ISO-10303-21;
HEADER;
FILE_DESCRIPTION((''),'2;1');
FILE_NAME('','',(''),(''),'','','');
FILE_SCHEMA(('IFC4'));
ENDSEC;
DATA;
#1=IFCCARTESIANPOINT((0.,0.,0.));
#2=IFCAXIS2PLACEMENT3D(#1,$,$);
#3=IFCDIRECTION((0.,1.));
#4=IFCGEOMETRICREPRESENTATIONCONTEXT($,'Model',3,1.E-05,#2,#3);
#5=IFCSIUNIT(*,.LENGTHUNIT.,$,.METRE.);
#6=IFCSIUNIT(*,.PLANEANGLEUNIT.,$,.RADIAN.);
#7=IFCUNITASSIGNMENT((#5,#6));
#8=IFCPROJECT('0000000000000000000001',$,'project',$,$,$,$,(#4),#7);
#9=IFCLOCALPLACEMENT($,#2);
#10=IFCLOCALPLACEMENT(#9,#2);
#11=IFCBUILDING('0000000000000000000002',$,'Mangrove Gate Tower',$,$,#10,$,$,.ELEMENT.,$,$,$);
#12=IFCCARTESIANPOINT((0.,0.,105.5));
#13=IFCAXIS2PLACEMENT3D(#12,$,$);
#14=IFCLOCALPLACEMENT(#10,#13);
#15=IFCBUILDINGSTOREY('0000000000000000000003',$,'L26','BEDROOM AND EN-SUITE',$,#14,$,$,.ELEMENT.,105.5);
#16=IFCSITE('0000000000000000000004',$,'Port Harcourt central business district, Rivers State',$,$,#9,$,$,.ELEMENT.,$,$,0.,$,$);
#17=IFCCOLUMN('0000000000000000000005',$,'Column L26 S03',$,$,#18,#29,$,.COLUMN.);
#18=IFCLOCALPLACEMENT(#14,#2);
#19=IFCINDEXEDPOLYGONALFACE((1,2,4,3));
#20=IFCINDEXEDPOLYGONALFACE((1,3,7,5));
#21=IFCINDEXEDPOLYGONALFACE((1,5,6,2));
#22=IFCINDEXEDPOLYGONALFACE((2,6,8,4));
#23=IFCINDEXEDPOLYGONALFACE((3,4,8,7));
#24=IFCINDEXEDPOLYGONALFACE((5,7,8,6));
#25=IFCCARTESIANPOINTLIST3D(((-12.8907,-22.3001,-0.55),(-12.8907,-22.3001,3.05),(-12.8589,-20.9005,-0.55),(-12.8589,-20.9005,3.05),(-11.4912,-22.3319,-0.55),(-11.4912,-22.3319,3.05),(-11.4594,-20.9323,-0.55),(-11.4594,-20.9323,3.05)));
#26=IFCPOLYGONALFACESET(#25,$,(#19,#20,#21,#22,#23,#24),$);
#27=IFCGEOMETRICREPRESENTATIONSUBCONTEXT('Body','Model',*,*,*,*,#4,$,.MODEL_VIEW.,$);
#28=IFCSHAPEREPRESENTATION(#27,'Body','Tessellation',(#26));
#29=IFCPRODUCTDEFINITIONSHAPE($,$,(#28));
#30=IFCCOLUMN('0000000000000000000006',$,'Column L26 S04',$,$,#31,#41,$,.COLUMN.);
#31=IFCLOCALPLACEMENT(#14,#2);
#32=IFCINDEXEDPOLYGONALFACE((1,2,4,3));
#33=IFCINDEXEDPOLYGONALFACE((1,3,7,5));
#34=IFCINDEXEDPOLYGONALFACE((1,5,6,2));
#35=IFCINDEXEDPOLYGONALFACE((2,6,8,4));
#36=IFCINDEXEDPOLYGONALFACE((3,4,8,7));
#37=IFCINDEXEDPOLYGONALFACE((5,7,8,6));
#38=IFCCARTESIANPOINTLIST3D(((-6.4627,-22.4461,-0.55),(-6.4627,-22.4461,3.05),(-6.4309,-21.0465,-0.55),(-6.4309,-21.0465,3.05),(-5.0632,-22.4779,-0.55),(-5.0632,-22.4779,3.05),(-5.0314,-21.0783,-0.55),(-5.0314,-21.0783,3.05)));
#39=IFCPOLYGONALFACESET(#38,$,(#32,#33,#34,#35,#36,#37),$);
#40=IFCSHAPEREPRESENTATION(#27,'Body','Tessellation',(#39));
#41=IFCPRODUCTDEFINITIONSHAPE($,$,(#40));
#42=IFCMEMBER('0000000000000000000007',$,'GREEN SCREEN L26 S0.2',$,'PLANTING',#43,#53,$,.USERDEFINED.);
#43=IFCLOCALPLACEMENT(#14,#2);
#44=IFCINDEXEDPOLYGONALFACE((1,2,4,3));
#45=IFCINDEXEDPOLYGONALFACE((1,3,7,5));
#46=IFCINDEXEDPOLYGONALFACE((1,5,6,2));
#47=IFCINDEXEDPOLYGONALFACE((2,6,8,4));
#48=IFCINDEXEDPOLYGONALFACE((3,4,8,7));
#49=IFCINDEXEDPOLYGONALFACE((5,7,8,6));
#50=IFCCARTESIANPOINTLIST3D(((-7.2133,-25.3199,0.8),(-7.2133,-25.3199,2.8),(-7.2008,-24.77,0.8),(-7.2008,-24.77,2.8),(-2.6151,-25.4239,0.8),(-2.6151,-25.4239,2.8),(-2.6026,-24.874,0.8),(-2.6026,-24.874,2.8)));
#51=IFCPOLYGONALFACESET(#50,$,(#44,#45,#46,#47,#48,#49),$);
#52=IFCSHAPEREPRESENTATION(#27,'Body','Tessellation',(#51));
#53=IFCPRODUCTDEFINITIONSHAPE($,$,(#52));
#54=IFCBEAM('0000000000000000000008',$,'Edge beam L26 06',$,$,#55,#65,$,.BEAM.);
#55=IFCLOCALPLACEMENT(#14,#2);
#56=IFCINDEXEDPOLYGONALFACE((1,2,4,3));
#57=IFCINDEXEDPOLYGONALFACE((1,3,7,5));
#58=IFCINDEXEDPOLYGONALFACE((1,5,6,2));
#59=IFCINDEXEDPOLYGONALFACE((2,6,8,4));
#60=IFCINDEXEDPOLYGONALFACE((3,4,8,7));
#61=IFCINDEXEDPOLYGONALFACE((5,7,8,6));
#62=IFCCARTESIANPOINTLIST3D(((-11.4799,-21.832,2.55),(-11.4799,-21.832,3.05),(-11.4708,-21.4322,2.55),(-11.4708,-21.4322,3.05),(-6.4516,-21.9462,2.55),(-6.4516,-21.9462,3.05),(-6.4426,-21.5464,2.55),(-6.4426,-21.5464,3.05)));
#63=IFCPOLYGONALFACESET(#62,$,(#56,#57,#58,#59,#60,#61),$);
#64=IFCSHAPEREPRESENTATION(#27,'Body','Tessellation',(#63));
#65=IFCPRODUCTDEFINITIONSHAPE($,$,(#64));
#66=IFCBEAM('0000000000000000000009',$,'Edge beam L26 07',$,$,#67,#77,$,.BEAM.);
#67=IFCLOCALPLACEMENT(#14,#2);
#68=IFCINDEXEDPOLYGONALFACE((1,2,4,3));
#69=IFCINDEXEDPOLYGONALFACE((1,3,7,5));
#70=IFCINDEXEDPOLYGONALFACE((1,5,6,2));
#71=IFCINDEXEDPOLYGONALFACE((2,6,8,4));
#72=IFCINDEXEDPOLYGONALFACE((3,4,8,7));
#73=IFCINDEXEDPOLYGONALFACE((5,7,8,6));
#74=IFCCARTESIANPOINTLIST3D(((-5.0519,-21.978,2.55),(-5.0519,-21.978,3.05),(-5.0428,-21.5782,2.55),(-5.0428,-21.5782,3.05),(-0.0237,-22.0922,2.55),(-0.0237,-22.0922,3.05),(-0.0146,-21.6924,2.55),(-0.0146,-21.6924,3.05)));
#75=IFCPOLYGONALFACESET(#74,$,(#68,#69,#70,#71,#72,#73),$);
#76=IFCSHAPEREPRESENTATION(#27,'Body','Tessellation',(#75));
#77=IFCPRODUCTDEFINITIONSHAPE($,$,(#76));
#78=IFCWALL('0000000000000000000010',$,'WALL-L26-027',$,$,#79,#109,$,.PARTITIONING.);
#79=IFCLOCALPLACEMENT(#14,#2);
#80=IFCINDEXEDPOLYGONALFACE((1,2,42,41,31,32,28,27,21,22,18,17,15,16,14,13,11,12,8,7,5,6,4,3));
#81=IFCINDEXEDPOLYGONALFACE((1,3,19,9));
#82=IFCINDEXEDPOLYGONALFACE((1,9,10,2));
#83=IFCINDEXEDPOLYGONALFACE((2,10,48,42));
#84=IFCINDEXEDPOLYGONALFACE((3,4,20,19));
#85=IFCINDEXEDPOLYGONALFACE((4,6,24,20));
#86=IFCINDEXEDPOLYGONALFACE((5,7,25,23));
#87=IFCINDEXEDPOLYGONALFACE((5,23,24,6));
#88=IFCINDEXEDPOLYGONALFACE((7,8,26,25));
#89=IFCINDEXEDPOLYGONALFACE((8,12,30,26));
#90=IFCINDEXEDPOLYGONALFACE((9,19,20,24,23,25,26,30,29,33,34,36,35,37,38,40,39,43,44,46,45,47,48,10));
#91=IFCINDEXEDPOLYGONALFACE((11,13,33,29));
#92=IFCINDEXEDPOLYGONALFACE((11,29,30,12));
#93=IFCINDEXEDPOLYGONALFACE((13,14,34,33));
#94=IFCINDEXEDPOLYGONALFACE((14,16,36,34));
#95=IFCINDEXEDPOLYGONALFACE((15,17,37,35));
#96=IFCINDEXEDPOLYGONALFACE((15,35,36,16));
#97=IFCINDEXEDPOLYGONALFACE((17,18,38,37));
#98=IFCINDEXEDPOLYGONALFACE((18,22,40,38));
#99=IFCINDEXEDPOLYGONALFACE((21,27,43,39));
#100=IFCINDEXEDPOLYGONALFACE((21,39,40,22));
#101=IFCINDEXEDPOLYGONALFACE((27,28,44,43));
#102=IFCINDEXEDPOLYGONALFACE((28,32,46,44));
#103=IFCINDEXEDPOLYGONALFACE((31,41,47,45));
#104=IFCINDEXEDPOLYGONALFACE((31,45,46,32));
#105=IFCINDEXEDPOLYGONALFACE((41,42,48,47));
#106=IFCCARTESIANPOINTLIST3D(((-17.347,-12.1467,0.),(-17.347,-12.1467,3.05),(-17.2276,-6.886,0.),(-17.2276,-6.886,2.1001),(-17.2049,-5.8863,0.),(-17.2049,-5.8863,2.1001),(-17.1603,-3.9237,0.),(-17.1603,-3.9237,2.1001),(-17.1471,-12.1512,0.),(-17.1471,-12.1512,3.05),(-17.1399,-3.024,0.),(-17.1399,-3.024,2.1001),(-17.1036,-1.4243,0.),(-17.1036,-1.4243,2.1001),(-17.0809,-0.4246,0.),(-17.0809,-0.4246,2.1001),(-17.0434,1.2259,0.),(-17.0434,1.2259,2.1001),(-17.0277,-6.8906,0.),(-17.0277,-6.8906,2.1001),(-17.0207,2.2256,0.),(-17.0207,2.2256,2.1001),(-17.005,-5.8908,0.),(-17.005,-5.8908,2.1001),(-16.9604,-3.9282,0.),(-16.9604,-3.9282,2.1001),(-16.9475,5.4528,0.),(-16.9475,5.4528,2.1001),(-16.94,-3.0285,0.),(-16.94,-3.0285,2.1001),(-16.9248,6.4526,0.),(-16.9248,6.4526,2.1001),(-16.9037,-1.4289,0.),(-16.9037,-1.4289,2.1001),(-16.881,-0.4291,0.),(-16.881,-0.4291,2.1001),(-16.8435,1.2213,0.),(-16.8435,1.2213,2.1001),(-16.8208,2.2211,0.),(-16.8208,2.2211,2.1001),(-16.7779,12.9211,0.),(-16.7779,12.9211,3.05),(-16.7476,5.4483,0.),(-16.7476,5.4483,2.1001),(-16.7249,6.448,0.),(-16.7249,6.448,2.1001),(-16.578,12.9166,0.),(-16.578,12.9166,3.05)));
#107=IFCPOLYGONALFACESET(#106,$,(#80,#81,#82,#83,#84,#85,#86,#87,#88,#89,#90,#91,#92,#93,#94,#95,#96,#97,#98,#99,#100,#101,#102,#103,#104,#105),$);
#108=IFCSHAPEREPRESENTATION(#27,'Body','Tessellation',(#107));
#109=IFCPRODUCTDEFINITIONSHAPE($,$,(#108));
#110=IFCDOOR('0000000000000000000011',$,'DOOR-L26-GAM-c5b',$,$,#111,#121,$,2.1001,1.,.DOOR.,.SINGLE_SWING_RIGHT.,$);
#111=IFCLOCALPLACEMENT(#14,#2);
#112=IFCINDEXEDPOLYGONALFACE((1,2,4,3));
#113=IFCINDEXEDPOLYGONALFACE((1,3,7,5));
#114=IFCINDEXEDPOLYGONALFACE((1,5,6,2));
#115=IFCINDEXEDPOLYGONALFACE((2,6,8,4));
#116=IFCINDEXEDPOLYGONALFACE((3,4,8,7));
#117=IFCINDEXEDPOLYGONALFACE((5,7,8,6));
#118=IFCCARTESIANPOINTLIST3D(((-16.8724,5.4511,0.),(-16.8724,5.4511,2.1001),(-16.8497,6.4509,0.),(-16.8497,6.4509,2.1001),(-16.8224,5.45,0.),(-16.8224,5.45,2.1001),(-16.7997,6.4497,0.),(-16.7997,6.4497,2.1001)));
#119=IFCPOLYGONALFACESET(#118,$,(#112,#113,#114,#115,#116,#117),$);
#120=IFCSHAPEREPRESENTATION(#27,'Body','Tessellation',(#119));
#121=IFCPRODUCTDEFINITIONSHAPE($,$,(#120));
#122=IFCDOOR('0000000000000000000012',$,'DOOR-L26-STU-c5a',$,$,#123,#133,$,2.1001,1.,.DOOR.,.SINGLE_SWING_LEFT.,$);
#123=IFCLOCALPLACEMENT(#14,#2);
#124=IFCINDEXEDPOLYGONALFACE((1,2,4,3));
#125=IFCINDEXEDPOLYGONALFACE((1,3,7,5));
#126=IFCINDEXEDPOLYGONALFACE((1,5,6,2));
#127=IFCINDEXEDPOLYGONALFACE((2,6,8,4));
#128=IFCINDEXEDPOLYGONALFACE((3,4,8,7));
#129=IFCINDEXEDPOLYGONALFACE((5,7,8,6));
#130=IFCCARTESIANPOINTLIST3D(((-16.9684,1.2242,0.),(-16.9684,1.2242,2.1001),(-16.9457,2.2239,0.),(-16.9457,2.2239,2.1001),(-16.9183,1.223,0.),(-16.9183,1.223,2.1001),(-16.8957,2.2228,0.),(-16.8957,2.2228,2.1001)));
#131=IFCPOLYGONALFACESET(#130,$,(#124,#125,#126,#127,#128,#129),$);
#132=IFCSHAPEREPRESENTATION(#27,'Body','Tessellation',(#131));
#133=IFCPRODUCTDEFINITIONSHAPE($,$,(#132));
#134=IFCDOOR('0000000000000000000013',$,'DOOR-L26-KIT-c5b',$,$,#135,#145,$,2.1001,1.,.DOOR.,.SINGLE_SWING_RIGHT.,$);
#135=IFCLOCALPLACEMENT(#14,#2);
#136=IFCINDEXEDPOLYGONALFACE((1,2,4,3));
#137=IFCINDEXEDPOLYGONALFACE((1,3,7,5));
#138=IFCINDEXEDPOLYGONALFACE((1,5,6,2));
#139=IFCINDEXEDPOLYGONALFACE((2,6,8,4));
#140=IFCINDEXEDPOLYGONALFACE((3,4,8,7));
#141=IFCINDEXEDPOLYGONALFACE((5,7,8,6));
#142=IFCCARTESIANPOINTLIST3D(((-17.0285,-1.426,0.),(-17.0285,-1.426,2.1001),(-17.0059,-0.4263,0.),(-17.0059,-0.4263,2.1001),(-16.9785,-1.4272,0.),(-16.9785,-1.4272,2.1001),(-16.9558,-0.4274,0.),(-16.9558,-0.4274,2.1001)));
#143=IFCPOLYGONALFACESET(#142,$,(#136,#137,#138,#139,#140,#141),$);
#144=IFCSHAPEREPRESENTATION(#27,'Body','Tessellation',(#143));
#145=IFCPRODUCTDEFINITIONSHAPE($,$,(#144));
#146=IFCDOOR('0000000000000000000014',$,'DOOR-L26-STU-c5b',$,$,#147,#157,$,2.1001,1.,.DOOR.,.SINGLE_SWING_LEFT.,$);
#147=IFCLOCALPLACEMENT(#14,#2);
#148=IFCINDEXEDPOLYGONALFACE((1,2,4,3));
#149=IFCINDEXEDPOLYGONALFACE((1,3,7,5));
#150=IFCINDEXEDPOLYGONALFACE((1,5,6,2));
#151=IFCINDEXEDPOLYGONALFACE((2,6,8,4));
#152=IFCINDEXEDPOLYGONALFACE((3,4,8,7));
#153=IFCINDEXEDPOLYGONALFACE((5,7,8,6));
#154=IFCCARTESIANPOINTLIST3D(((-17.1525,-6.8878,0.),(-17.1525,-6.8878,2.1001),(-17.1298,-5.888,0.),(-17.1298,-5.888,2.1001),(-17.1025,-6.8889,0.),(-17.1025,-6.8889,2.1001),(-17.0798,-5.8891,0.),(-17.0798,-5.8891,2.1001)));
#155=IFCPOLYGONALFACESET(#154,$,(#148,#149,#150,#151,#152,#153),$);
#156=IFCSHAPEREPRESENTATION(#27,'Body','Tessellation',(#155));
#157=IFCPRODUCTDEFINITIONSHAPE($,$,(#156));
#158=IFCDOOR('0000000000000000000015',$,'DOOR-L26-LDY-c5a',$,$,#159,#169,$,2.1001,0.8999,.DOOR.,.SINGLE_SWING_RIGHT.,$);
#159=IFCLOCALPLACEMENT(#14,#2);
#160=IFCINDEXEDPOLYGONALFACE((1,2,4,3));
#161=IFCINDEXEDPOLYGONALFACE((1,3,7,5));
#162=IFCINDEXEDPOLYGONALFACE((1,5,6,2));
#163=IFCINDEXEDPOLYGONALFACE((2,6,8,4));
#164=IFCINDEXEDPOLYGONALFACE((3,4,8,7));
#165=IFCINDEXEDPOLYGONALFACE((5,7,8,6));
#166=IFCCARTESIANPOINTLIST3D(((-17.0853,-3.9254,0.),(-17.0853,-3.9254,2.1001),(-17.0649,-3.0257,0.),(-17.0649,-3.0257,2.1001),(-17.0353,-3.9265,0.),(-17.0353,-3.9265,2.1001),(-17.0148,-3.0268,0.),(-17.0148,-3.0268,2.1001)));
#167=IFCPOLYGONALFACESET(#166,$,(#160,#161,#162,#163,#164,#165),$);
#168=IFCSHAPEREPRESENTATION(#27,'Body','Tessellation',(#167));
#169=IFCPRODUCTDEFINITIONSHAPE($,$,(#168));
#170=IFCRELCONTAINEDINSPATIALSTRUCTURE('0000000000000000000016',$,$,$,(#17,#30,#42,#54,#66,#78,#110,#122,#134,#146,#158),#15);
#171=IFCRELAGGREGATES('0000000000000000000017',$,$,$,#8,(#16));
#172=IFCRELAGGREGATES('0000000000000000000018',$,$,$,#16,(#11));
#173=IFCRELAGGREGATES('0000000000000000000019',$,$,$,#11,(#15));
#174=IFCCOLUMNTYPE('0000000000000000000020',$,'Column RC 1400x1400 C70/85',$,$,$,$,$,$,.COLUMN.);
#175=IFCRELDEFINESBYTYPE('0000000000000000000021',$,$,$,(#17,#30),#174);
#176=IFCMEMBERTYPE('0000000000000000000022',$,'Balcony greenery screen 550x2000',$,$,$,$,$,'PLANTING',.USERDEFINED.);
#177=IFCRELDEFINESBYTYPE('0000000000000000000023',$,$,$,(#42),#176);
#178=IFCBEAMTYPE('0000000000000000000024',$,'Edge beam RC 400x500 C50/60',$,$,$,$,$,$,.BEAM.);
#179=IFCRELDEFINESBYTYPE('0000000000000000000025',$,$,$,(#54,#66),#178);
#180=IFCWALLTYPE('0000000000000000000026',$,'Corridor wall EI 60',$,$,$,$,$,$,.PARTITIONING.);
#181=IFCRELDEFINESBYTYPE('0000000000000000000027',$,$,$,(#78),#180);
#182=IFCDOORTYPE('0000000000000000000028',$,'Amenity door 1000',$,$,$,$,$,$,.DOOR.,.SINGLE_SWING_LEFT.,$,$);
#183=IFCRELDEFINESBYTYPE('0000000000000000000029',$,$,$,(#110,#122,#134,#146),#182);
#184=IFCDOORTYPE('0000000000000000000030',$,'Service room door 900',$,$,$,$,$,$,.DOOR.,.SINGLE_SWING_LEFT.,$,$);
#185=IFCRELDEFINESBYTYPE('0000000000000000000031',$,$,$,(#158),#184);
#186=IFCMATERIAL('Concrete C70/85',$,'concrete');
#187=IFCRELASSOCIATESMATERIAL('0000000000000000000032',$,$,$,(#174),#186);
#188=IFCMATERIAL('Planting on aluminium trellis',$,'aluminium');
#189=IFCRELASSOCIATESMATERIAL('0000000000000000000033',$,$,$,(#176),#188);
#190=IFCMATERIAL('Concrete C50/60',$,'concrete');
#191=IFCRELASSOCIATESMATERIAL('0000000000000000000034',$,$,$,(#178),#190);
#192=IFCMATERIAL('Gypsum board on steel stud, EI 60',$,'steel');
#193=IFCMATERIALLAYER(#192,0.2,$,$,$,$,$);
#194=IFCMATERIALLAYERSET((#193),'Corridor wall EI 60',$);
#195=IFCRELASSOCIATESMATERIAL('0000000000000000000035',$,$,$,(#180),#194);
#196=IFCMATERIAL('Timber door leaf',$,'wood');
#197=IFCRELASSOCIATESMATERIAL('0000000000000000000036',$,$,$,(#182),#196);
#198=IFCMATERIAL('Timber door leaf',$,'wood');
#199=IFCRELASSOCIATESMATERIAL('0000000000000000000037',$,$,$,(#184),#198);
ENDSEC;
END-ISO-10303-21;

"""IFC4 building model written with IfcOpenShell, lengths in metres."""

from ifc_helpers import new_model, si_unit, direction, frame, frame_2d, origin, origin_2d, place, context, subcontext, project, spatial, rectangle, extrude, material, layer, layer_set, material_profile, profile_set, type_object, element, fill, save


model = new_model("IFC4")

# Units and contexts
model_context = context("Model", 3, precision=1e-05, world=origin(), true_north=direction((0.0, 1.0)))
body_context = subcontext(model_context, "Body", "Model", "MODEL_VIEW")
ifc_project = project(units=[si_unit("LENGTHUNIT", "METRE"), si_unit("PLANEANGLEUNIT", "RADIAN")], contexts=[model_context])

# Site, building, storey
site_placement = place(None, origin())
site = spatial("IfcSite", under=ifc_project, at=site_placement, Name="Port Harcourt central business district, Rivers State", CompositionType="ELEMENT", RefElevation=0.0)
building_placement = place(site_placement, origin())
building = spatial("IfcBuilding", under=site, at=building_placement, Name="Mangrove Gate Tower", CompositionType="ELEMENT")
storey_placement = place(building_placement, frame((0.0, 0.0, 105.5)))
storey = spatial("IfcBuildingStorey", under=building, at=storey_placement, Name="L26", Description="BEDROOM AND EN-SUITE", CompositionType="ELEMENT", Elevation=105.5)

# Columns
ifc_material_1 = material(Name="Concrete C70/85", Category="concrete")
ifc_material_profile_1 = material_profile(ifc_material_1, rectangle(XDim=1.3999, YDim=1.3999, at=origin_2d()))
ifc_profile_set_1 = profile_set([ifc_material_profile_1], Name="Concrete C70/85")
column_type = type_object("IfcColumnType", Name="Column RC 1400x1400 C70/85", PredefinedType="COLUMN", material=ifc_profile_set_1)
for number, where, z_axis, x_axis, name in (
    (1, (-12.175, -21.6162, -0.55), (0.0, 0.0, 1.0), (0.999742, -0.022707, 0.0), "Column L26 S03"),
    (2, (-5.7471, -21.7622, -0.55), (0.0, 0.0, 1.0), (0.999742, -0.022707, 0.0), "Column L26 S04"),
):
    element("IfcColumn", number, at=place(storey_placement, frame(where, z_axis=z_axis, x_axis=x_axis)), inside=storey, type_object=column_type, Name=name, PredefinedType="COLUMN", context=body_context, shape_type="SweptSolid", body=[
        extrude(rectangle(XDim=1.3999, YDim=1.3999, at=origin_2d()), origin(), (0.0, 0.0, 1.0), 3.6001),
    ])

# Member
ifc_material_2 = material(Name="Planting on aluminium trellis", Category="aluminium")
ifc_material_profile_2 = material_profile(ifc_material_2, rectangle(XDim=0.55, YDim=2.0, at=origin_2d()))
ifc_profile_set_2 = profile_set([ifc_material_profile_2], Name="Planting on aluminium trellis")
member_type = type_object("IfcMemberType", Name="Balcony greenery screen 550x2000", ElementType="PLANTING", PredefinedType="USERDEFINED", material=ifc_profile_set_2)
member_placement = place(storey_placement, frame((-7.207, -25.0449, 1.8), z_axis=(0.999744, -0.022613, 0.0), x_axis=(0.022613, 0.999744, 0.0)))
element("IfcMember", 3, at=member_placement, inside=storey, type_object=member_type, Name="GREEN SCREEN L26 S0.2", ObjectType="PLANTING", PredefinedType="USERDEFINED", context=body_context, shape_type="SweptSolid", body=[
    extrude(rectangle(XDim=0.55, YDim=2.0, at=origin_2d()), origin(), (0.0, 0.0, 1.0), 4.5994),
])

# Beams
ifc_material_3 = material(Name="Concrete C50/60", Category="concrete")
ifc_material_profile_3 = material_profile(ifc_material_3, rectangle(XDim=0.3999, YDim=0.5, at=origin_2d()))
ifc_profile_set_3 = profile_set([ifc_material_profile_3], Name="Concrete C50/60")
beam_type = type_object("IfcBeamType", Name="Edge beam RC 400x500 C50/60", PredefinedType="BEAM", material=ifc_profile_set_3)
for number, where, z_axis, x_axis, name in (
    (4, (-11.4753, -21.6321, 2.8), (0.999742, -0.022717, 0.0), (0.022717, 0.999742, 0.0), "Edge beam L26 06"),
    (5, (-5.0474, -21.7781, 2.8), (0.999742, -0.022717, 0.0), (0.022717, 0.999742, 0.0), "Edge beam L26 07"),
):
    element("IfcBeam", number, at=place(storey_placement, frame(where, z_axis=z_axis, x_axis=x_axis)), inside=storey, type_object=beam_type, Name=name, PredefinedType="BEAM", context=body_context, shape_type="SweptSolid", body=[
        extrude(rectangle(XDim=0.3999, YDim=0.5, at=origin_2d()), origin(), (0.0, 0.0, 1.0), 5.0295),
    ])

# Wall, openings, doors
ifc_material_4 = material(Name="Gypsum board on steel stud, EI 60", Category="steel")
ifc_layer_1 = layer(ifc_material_4, 0.2)
ifc_layer_set_1 = layer_set([ifc_layer_1], Name="Corridor wall EI 60")
wall_type_1 = type_object("IfcWallType", Name="Corridor wall EI 60", PredefinedType="PARTITIONING", material=ifc_layer_set_1)
wall_1_placement = place(storey_placement, frame((-17.2471, -12.1489, 0.0), z_axis=(0.0, 0.0, 1.0), x_axis=(0.022696, 0.999742, 0.0)))
wall_1 = element("IfcWall", 6, at=wall_1_placement, inside=storey, type_object=wall_type_1, Name="WALL-L26-027", PredefinedType="PARTITIONING", context=body_context, shape_type="SweptSolid", body=[
    extrude(rectangle(XDim=25.0742, YDim=0.2, at=frame_2d((12.5371, 0.0))), origin(), (0.0, 0.0, 1.0), 3.05),
])
opening_1_placement = place(wall_1_placement, frame((17.604, 0.0, 0.0)))
opening_1 = element("IfcOpeningElement", 7, at=opening_1_placement, cuts=wall_1, PredefinedType="OPENING", context=body_context, shape_type="SweptSolid", body=[
    extrude(rectangle(XDim=1.0, YDim=2.1001, at=frame_2d((0.5, 1.05))), frame((0.0, 0.1099, 0.0), z_axis=(0.0, -1.0, 0.0), x_axis=(1.0, 0.0, 0.0)), (0.0, 0.0, 1.0), 0.22),
])
opening_2_placement = place(wall_1_placement, frame((13.376, 0.0, 0.0)))
opening_2 = element("IfcOpeningElement", 8, at=opening_2_placement, cuts=wall_1, PredefinedType="OPENING", context=body_context, shape_type="SweptSolid", body=[
    extrude(rectangle(XDim=1.0, YDim=2.1001, at=frame_2d((0.5, 1.05))), frame((0.0, 0.1099, 0.0), z_axis=(0.0, -1.0, 0.0), x_axis=(1.0, 0.0, 0.0)), (0.0, 0.0, 1.0), 0.22),
])
opening_3_placement = place(wall_1_placement, frame((10.7251, 0.0, 0.0)))
opening_3 = element("IfcOpeningElement", 9, at=opening_3_placement, cuts=wall_1, PredefinedType="OPENING", context=body_context, shape_type="SweptSolid", body=[
    extrude(rectangle(XDim=1.0, YDim=2.1001, at=frame_2d((0.5, 1.05))), frame((0.0, 0.1099, 0.0), z_axis=(0.0, -1.0, 0.0), x_axis=(1.0, 0.0, 0.0)), (0.0, 0.0, 1.0), 0.22),
])
opening_4_placement = place(wall_1_placement, frame((8.2251, 0.0, 0.0)))
opening_4 = element("IfcOpeningElement", 10, at=opening_4_placement, cuts=wall_1, PredefinedType="OPENING", context=body_context, shape_type="SweptSolid", body=[
    extrude(rectangle(XDim=0.8999, YDim=2.1001, at=frame_2d((0.45, 1.05))), frame((0.0, 0.1099, 0.0), z_axis=(0.0, -1.0, 0.0), x_axis=(1.0, 0.0, 0.0)), (0.0, 0.0, 1.0), 0.22),
])
opening_5_placement = place(wall_1_placement, frame((5.262, 0.0, 0.0)))
opening_5 = element("IfcOpeningElement", 11, at=opening_5_placement, cuts=wall_1, PredefinedType="OPENING", context=body_context, shape_type="SweptSolid", body=[
    extrude(rectangle(XDim=1.0, YDim=2.1001, at=frame_2d((0.5, 1.05))), frame((0.0, 0.1099, 0.0), z_axis=(0.0, -1.0, 0.0), x_axis=(1.0, 0.0, 0.0)), (0.0, 0.0, 1.0), 0.22),
])
ifc_material_5 = material(Name="Timber door leaf", Category="wood")
door_type_1 = type_object("IfcDoorType", Name="Amenity door 1000", OperationType="SINGLE_SWING_LEFT", PredefinedType="DOOR", material=ifc_material_5)
door_1_placement = place(opening_1_placement, origin())
door_1 = element("IfcDoor", 12, at=door_1_placement, inside=storey, type_object=door_type_1, Name="DOOR-L26-GAM-c5b", OperationType="SINGLE_SWING_RIGHT", OverallHeight=2.1001, OverallWidth=1.0, PredefinedType="DOOR", context=body_context, shape_type="SweptSolid", body=[
    extrude(rectangle(XDim=1.0, YDim=2.1001, at=frame_2d((0.5, 1.05))), frame((0.0, 0.0249, 0.0), z_axis=(0.0, -1.0, 0.0), x_axis=(1.0, 0.0, 0.0)), (0.0, 0.0, 1.0), 0.05),
])
fill(opening_1, door_1)
door_2_placement = place(opening_2_placement, origin())
door_2 = element("IfcDoor", 13, at=door_2_placement, inside=storey, type_object=door_type_1, Name="DOOR-L26-STU-c5a", OperationType="SINGLE_SWING_LEFT", OverallHeight=2.1001, OverallWidth=1.0, PredefinedType="DOOR", context=body_context, shape_type="SweptSolid", body=[
    extrude(rectangle(XDim=1.0, YDim=2.1001, at=frame_2d((0.5, 1.05))), frame((0.0, 0.0249, 0.0), z_axis=(0.0, -1.0, 0.0), x_axis=(1.0, 0.0, 0.0)), (0.0, 0.0, 1.0), 0.05),
])
fill(opening_2, door_2)
door_3_placement = place(opening_3_placement, origin())
door_3 = element("IfcDoor", 14, at=door_3_placement, inside=storey, type_object=door_type_1, Name="DOOR-L26-KIT-c5b", OperationType="SINGLE_SWING_RIGHT", OverallHeight=2.1001, OverallWidth=1.0, PredefinedType="DOOR", context=body_context, shape_type="SweptSolid", body=[
    extrude(rectangle(XDim=1.0, YDim=2.1001, at=frame_2d((0.5, 1.05))), frame((0.0, 0.0249, 0.0), z_axis=(0.0, -1.0, 0.0), x_axis=(1.0, 0.0, 0.0)), (0.0, 0.0, 1.0), 0.05),
])
fill(opening_3, door_3)
door_4_placement = place(opening_5_placement, origin())
door_4 = element("IfcDoor", 15, at=door_4_placement, inside=storey, type_object=door_type_1, Name="DOOR-L26-STU-c5b", OperationType="SINGLE_SWING_LEFT", OverallHeight=2.1001, OverallWidth=1.0, PredefinedType="DOOR", context=body_context, shape_type="SweptSolid", body=[
    extrude(rectangle(XDim=1.0, YDim=2.1001, at=frame_2d((0.5, 1.05))), frame((0.0, 0.0249, 0.0), z_axis=(0.0, -1.0, 0.0), x_axis=(1.0, 0.0, 0.0)), (0.0, 0.0, 1.0), 0.05),
])
fill(opening_5, door_4)
ifc_material_6 = material(Name="Timber door leaf", Category="wood")
door_type_2 = type_object("IfcDoorType", Name="Service room door 900", OperationType="SINGLE_SWING_LEFT", PredefinedType="DOOR", material=ifc_material_6)
door_5_placement = place(opening_4_placement, origin())
door_5 = element("IfcDoor", 16, at=door_5_placement, inside=storey, type_object=door_type_2, Name="DOOR-L26-LDY-c5a", OperationType="SINGLE_SWING_RIGHT", OverallHeight=2.1001, OverallWidth=0.8999, PredefinedType="DOOR", context=body_context, shape_type="SweptSolid", body=[
    extrude(rectangle(XDim=0.8999, YDim=2.1001, at=frame_2d((0.45, 1.05))), frame((0.0, 0.0249, 0.0), z_axis=(0.0, -1.0, 0.0), x_axis=(1.0, 0.0, 0.0)), (0.0, 0.0, 1.0), 0.05),
])
fill(opening_4, door_5)

save(model, "model.ifc")
